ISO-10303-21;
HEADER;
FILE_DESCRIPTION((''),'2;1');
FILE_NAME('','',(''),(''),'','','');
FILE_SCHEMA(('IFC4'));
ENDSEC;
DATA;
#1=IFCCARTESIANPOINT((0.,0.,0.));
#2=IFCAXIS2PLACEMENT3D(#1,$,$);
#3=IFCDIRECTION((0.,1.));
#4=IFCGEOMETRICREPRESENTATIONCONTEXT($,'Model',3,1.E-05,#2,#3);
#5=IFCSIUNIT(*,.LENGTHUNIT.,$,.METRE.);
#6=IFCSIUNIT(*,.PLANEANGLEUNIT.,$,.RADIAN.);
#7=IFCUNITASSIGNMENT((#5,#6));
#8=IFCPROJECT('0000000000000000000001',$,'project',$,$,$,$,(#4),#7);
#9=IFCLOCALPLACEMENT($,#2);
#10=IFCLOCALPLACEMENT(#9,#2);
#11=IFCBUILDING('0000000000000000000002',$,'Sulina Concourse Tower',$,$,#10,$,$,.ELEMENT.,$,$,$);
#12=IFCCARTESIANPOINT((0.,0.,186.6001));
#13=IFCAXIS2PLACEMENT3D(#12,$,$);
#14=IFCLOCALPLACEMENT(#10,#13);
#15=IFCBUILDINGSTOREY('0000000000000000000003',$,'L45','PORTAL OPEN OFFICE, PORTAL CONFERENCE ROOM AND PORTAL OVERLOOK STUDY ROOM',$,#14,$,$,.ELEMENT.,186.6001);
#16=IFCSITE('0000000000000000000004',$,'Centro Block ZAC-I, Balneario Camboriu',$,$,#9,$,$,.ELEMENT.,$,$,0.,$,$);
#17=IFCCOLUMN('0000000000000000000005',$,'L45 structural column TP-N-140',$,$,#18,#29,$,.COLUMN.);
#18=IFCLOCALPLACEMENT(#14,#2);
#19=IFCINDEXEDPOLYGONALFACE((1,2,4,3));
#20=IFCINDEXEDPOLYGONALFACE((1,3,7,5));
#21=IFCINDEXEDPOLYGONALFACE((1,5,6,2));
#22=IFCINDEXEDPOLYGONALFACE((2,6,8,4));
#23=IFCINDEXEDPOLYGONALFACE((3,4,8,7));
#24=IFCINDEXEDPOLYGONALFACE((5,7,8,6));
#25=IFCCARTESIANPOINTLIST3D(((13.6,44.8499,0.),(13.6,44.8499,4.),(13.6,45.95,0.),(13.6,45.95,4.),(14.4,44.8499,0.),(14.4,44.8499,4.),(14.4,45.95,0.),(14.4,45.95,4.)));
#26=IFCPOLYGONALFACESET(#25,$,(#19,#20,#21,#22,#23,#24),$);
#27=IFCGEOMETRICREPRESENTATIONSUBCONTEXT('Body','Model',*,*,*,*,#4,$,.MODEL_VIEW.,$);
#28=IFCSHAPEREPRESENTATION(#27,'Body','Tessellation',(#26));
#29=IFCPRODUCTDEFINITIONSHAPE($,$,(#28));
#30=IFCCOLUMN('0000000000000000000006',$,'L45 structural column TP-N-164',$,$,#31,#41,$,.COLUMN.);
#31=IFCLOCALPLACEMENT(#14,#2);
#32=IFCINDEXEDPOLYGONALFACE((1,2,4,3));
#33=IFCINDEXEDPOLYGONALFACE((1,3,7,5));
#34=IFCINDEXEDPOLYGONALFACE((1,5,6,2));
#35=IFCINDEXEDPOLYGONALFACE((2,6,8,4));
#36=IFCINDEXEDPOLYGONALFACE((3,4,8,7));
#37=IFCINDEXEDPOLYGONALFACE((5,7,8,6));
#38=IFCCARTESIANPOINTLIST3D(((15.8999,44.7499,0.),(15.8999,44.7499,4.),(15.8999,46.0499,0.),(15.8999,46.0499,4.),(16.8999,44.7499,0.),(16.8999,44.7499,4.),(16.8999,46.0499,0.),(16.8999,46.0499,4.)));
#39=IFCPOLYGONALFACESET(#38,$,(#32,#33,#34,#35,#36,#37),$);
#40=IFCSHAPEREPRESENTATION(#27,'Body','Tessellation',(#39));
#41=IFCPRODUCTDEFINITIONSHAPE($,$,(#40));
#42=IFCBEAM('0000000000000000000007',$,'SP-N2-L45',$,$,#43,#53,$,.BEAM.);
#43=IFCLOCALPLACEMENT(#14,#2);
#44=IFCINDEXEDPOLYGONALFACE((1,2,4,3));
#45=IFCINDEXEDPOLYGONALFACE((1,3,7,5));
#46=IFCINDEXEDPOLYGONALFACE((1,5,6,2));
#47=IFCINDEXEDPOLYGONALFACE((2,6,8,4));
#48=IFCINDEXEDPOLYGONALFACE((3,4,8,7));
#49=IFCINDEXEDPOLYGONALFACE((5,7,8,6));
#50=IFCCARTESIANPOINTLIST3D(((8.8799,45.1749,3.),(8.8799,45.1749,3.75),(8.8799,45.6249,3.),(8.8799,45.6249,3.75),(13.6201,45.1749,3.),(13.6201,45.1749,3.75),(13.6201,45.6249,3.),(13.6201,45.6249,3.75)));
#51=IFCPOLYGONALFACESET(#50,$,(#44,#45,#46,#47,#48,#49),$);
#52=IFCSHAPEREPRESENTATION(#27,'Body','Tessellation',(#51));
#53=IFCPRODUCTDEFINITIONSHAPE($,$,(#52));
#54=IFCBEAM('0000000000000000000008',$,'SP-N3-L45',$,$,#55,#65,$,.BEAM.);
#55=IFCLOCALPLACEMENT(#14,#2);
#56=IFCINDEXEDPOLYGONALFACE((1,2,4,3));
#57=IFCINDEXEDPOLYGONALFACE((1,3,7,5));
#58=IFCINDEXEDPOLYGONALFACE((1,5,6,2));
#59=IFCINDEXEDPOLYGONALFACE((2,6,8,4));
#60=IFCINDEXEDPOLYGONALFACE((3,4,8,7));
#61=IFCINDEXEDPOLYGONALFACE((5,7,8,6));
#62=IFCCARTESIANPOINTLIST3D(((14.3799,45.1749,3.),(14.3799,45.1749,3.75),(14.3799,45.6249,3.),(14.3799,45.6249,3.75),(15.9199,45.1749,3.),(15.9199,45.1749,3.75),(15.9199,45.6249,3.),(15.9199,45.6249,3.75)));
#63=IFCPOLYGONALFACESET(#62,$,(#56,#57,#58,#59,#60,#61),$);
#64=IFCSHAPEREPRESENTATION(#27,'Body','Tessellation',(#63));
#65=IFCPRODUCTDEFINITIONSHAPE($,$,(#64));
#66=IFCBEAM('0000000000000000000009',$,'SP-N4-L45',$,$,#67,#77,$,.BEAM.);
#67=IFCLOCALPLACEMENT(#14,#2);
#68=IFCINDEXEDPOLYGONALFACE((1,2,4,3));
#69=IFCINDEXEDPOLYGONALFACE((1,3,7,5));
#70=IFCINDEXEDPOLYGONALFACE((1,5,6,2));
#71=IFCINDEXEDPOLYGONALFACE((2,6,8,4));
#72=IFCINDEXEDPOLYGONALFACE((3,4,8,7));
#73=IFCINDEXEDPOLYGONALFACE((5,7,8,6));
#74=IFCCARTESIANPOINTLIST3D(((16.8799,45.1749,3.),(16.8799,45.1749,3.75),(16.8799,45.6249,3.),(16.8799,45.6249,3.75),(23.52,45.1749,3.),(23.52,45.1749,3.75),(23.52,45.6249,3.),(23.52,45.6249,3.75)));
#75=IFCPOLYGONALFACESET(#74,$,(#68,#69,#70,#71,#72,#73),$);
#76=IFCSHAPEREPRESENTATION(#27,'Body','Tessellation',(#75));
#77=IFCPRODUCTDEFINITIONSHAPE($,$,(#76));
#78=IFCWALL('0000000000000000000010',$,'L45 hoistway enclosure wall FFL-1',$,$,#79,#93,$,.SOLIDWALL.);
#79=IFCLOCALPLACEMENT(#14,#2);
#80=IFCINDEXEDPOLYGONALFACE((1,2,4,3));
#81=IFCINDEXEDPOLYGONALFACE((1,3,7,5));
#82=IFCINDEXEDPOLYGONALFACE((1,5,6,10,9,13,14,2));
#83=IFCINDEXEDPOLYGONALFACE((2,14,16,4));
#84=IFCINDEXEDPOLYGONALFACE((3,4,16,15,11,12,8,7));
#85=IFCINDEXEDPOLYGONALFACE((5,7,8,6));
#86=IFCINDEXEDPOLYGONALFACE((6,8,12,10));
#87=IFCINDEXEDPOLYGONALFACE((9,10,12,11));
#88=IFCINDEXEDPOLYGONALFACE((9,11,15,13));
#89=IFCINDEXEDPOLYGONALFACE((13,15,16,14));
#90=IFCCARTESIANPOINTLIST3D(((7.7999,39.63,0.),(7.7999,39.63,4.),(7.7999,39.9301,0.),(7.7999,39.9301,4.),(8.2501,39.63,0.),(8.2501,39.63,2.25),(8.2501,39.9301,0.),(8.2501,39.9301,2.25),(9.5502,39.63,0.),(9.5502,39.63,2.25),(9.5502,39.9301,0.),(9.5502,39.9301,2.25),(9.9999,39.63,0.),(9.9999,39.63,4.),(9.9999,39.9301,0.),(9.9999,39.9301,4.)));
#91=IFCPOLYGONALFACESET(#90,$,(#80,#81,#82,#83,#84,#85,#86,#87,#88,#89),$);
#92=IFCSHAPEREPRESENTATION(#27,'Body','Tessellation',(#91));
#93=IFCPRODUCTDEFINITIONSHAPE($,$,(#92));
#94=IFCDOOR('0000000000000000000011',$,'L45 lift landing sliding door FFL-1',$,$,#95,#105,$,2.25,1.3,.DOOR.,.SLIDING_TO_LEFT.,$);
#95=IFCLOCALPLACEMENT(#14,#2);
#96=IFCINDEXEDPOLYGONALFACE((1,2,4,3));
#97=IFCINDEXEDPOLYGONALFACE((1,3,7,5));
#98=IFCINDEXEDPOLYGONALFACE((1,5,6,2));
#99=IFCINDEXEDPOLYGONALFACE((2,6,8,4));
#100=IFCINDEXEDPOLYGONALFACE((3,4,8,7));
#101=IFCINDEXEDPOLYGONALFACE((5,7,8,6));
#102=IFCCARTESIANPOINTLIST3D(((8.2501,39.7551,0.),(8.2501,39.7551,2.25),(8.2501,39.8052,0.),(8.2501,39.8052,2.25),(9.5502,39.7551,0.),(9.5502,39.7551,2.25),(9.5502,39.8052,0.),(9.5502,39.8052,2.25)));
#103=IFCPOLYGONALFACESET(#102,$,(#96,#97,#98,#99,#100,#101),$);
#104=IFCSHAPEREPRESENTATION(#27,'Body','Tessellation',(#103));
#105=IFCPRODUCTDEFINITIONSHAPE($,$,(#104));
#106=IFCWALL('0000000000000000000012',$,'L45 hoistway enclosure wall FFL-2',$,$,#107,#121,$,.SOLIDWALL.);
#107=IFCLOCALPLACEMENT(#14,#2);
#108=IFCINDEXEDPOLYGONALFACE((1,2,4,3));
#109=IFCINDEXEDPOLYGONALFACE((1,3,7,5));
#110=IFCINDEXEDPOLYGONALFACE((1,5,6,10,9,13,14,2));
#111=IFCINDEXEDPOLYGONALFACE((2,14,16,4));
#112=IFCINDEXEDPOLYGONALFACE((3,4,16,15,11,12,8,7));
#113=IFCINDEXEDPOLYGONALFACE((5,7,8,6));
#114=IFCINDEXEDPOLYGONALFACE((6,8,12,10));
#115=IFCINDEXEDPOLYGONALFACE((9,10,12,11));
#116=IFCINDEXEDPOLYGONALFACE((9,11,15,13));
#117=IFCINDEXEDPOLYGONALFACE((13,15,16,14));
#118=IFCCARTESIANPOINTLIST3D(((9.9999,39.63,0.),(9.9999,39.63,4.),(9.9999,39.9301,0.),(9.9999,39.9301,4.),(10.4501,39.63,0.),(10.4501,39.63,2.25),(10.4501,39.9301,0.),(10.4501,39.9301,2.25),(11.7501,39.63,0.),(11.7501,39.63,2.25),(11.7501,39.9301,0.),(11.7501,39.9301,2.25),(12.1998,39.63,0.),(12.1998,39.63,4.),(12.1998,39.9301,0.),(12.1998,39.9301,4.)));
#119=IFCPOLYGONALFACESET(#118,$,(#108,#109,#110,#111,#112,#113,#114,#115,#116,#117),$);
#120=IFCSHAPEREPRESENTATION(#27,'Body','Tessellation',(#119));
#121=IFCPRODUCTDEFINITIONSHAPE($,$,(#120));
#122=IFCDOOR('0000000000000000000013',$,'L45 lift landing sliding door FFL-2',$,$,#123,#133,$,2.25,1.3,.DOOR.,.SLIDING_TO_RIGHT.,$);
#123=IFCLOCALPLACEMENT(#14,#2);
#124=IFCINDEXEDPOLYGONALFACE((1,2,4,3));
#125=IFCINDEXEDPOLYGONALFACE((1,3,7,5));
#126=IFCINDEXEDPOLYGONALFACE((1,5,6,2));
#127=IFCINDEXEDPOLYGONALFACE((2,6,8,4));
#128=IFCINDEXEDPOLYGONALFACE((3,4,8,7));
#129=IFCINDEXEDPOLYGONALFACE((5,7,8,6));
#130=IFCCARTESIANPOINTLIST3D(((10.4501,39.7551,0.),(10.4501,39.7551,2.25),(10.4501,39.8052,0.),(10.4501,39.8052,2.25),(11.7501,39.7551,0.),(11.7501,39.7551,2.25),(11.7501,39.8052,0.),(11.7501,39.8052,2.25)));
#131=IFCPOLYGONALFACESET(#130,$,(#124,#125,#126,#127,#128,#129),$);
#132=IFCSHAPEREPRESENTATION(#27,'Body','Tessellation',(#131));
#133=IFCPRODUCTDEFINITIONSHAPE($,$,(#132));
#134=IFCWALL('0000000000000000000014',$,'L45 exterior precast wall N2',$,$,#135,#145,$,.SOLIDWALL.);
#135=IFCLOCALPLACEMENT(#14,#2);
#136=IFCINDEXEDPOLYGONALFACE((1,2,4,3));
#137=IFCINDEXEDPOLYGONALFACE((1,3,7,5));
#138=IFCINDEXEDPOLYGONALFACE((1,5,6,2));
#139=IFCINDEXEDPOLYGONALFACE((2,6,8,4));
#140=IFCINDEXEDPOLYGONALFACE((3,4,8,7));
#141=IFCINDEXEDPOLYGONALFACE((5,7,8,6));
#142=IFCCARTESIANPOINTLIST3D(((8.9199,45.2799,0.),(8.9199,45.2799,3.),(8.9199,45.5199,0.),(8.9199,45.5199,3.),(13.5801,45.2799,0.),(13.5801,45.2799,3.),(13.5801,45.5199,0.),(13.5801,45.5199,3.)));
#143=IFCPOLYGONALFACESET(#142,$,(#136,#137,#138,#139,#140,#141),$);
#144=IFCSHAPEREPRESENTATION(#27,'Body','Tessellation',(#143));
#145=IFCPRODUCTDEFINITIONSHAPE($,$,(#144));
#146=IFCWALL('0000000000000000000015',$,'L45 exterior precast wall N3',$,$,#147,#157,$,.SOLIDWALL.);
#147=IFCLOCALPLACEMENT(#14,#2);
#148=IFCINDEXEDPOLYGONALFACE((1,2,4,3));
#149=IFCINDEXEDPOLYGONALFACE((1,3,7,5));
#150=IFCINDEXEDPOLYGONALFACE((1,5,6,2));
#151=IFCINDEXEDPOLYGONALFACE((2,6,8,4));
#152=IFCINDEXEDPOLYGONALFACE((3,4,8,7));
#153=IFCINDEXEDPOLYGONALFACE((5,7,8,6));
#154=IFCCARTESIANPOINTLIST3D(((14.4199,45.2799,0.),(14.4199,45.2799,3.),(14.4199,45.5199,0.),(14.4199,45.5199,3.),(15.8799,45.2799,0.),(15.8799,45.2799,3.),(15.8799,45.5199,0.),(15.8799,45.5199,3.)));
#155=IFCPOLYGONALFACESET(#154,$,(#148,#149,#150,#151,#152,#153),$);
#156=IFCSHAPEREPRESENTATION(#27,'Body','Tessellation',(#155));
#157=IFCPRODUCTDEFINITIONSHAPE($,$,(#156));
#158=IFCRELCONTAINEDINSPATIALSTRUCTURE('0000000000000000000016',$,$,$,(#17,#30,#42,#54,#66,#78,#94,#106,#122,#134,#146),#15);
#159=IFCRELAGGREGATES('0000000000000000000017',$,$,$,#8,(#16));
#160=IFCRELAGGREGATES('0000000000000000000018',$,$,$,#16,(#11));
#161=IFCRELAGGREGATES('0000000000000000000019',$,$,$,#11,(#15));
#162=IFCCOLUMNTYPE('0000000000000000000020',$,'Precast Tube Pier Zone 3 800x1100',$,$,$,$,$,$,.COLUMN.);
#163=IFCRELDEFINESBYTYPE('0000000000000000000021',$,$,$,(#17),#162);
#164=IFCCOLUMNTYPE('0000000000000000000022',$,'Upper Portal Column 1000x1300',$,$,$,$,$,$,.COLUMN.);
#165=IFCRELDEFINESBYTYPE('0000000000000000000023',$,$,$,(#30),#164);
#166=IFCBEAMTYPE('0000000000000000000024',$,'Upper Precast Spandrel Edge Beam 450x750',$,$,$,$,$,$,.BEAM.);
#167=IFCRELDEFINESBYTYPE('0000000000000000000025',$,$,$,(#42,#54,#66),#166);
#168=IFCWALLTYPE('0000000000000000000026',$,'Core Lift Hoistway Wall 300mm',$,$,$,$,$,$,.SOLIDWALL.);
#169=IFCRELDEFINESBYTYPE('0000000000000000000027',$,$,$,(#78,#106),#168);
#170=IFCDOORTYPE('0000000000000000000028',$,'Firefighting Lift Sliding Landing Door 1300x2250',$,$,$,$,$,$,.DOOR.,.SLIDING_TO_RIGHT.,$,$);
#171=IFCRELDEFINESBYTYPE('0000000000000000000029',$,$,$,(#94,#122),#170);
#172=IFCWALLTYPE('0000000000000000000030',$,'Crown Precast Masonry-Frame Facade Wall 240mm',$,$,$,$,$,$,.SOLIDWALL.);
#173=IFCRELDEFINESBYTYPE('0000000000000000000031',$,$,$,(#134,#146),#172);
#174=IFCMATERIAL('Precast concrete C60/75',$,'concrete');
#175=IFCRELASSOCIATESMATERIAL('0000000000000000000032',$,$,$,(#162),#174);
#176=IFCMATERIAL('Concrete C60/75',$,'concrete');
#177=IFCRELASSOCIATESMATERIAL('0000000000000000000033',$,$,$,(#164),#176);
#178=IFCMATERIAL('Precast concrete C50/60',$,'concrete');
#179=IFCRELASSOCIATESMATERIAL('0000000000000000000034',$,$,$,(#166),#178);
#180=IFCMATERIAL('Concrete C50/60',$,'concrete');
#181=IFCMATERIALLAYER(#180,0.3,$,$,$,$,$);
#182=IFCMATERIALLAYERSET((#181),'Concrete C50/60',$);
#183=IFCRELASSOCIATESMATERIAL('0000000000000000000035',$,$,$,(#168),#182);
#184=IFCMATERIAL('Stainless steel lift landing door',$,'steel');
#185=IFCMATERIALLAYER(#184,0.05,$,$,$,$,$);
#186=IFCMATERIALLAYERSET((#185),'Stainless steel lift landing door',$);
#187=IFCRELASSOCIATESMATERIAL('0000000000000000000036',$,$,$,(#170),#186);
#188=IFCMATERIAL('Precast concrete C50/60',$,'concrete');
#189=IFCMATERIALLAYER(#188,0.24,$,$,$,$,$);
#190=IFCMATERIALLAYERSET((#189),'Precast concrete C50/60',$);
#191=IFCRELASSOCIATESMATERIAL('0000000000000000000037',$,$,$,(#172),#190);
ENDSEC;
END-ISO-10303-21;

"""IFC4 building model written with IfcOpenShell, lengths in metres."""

from ifc_helpers import new_model, si_unit, direction, frame, frame_2d, origin, origin_2d, place, context, subcontext, project, spatial, rectangle, extrude, material, layer, layer_set, material_profile, profile_set, type_object, element, fill, save


model = new_model("IFC4")

# Units and contexts
model_context = context("Model", 3, precision=1e-05, world=origin(), true_north=direction((0.0, 1.0)))
body_context = subcontext(model_context, "Body", "Model", "MODEL_VIEW")
ifc_project = project(units=[si_unit("LENGTHUNIT", "METRE"), si_unit("PLANEANGLEUNIT", "RADIAN")], contexts=[model_context])

# Site, building, storey
site_placement = place(None, origin())
site = spatial("IfcSite", under=ifc_project, at=site_placement, Name="Centro Block ZAC-I, Balneario Camboriu", CompositionType="ELEMENT", RefElevation=0.0)
building_placement = place(site_placement, origin())
building = spatial("IfcBuilding", under=site, at=building_placement, Name="Sulina Concourse Tower", CompositionType="ELEMENT")
storey_placement = place(building_placement, frame((0.0, 0.0, 186.6001)))
storey = spatial("IfcBuildingStorey", under=building, at=storey_placement, Name="L45", Description="PORTAL OPEN OFFICE, PORTAL CONFERENCE ROOM AND PORTAL OVERLOOK STUDY ROOM", CompositionType="ELEMENT", Elevation=186.6001)

# Columns
ifc_material_1 = material(Name="Precast concrete C60/75", Category="concrete")
ifc_material_profile_1 = material_profile(ifc_material_1, rectangle(XDim=0.8, YDim=1.1001, at=origin_2d()), Name="PC 800x1100")
ifc_profile_set_1 = profile_set([ifc_material_profile_1], Name="Precast concrete C60/75")
column_type_1 = type_object("IfcColumnType", Name="Precast Tube Pier Zone 3 800x1100", PredefinedType="COLUMN", material=ifc_profile_set_1)
column_1_placement = place(storey_placement, frame((14.0, 45.3999, 0.0), z_axis=(0.0, 0.0, 1.0), x_axis=(1.0, 0.0, 0.0)))
element("IfcColumn", 1, at=column_1_placement, inside=storey, type_object=column_type_1, Name="L45 structural column TP-N-140", PredefinedType="COLUMN", context=body_context, shape_type="SweptSolid", body=[
    extrude(rectangle(XDim=0.8, YDim=1.1001, at=origin_2d()), origin(), (0.0, 0.0, 1.0), 4.0),
])
ifc_material_2 = material(Name="Concrete C60/75", Category="concrete")
ifc_material_profile_2 = material_profile(ifc_material_2, rectangle(XDim=1.0, YDim=1.3, at=origin_2d()), Name="RC 1000x1300")
ifc_profile_set_2 = profile_set([ifc_material_profile_2], Name="Concrete C60/75")
column_type_2 = type_object("IfcColumnType", Name="Upper Portal Column 1000x1300", PredefinedType="COLUMN", material=ifc_profile_set_2)
column_2_placement = place(storey_placement, frame((16.3999, 45.3999, 0.0), z_axis=(0.0, 0.0, 1.0), x_axis=(1.0, 0.0, 0.0)))
element("IfcColumn", 2, at=column_2_placement, inside=storey, type_object=column_type_2, Name="L45 structural column TP-N-164", PredefinedType="COLUMN", context=body_context, shape_type="SweptSolid", body=[
    extrude(rectangle(XDim=1.0, YDim=1.3, at=origin_2d()), origin(), (0.0, 0.0, 1.0), 4.0),
])

# Beams
ifc_material_3 = material(Name="Precast concrete C50/60", Category="concrete")
ifc_material_profile_3 = material_profile(ifc_material_3, rectangle(XDim=0.45, YDim=0.75, at=origin_2d()), Name="RC 450x750")
ifc_profile_set_3 = profile_set([ifc_material_profile_3], Name="Precast concrete C50/60")
beam_type = type_object("IfcBeamType", Name="Upper Precast Spandrel Edge Beam 450x750", PredefinedType="BEAM", material=ifc_profile_set_3)
beam_1_placement = place(storey_placement, frame((8.8799, 45.3999, 3.375), z_axis=(1.0, 0.0, 0.0), x_axis=(0.0, 1.0, 0.0)))
element("IfcBeam", 3, at=beam_1_placement, inside=storey, type_object=beam_type, Name="SP-N2-L45", PredefinedType="BEAM", context=body_context, shape_type="SweptSolid", body=[
    extrude(rectangle(XDim=0.45, YDim=0.75, at=origin_2d()), origin(), (0.0, 0.0, 1.0), 4.7402),
])
beam_2_placement = place(storey_placement, frame((14.3799, 45.3999, 3.375), z_axis=(1.0, 0.0, 0.0), x_axis=(0.0, 1.0, 0.0)))
element("IfcBeam", 4, at=beam_2_placement, inside=storey, type_object=beam_type, Name="SP-N3-L45", PredefinedType="BEAM", context=body_context, shape_type="SweptSolid", body=[
    extrude(rectangle(XDim=0.45, YDim=0.75, at=origin_2d()), origin(), (0.0, 0.0, 1.0), 1.54),
])
beam_3_placement = place(storey_placement, frame((16.8799, 45.3999, 3.375), z_axis=(1.0, 0.0, 0.0), x_axis=(0.0, 1.0, 0.0)))
element("IfcBeam", 5, at=beam_3_placement, inside=storey, type_object=beam_type, Name="SP-N4-L45", PredefinedType="BEAM", context=body_context, shape_type="SweptSolid", body=[
    extrude(rectangle(XDim=0.45, YDim=0.75, at=origin_2d()), origin(), (0.0, 0.0, 1.0), 6.6401),
])

# Walls, openings, doors
ifc_material_4 = material(Name="Concrete C50/60", Category="concrete")
ifc_layer_1 = layer(ifc_material_4, 0.3)
ifc_layer_set_1 = layer_set([ifc_layer_1], Name="Concrete C50/60")
wall_type_1 = type_object("IfcWallType", Name="Core Lift Hoistway Wall 300mm", PredefinedType="SOLIDWALL", material=ifc_layer_set_1)
wall_1_placement = place(storey_placement, frame((10.0, 39.78, 0.0), z_axis=(0.0, 0.0, 1.0), x_axis=(-1.0, 0.0, 0.0)))
wall_1 = element("IfcWall", 6, at=wall_1_placement, inside=storey, type_object=wall_type_1, Name="L45 hoistway enclosure wall FFL-1", PredefinedType="SOLIDWALL", context=body_context, shape_type="SweptSolid", body=[
    extrude(rectangle(XDim=2.2, YDim=0.3, at=frame_2d((1.1001, 0.0))), origin(), (0.0, 0.0, 1.0), 4.0),
])
opening_1_placement = place(wall_1_placement, frame((0.45, 0.0, 0.0)))
opening_1 = element("IfcOpeningElement", 7, at=opening_1_placement, cuts=wall_1, PredefinedType="OPENING", context=body_context, shape_type="SweptSolid", body=[
    extrude(rectangle(XDim=1.3, YDim=2.25, at=frame_2d((0.6499, 1.125))), frame((0.0, 0.1599, 0.0), z_axis=(0.0, -1.0, 0.0), x_axis=(1.0, 0.0, 0.0)), (0.0, 0.0, 1.0), 0.3201),
])
ifc_material_5 = material(Name="Stainless steel lift landing door", Category="steel")
ifc_layer_2 = layer(ifc_material_5, 0.05)
ifc_layer_set_2 = layer_set([ifc_layer_2], Name="Stainless steel lift landing door")
door_type = type_object("IfcDoorType", Name="Firefighting Lift Sliding Landing Door 1300x2250", OperationType="SLIDING_TO_RIGHT", PredefinedType="DOOR", material=ifc_layer_set_2)
door_1_placement = place(opening_1_placement, origin())
door_1 = element("IfcDoor", 8, at=door_1_placement, inside=storey, type_object=door_type, Name="L45 lift landing sliding door FFL-1", OperationType="SLIDING_TO_LEFT", OverallHeight=2.25, OverallWidth=1.3, PredefinedType="DOOR", context=body_context, shape_type="SweptSolid", body=[
    extrude(rectangle(XDim=1.3, YDim=2.25, at=frame_2d((0.6499, 1.125))), frame((0.0, 0.0249, 0.0), z_axis=(0.0, -1.0, 0.0), x_axis=(1.0, 0.0, 0.0)), (0.0, 0.0, 1.0), 0.05),
])
fill(opening_1, door_1)
wall_2_placement = place(storey_placement, frame((12.2, 39.78, 0.0), z_axis=(0.0, 0.0, 1.0), x_axis=(-1.0, 0.0, 0.0)))
wall_2 = element("IfcWall", 9, at=wall_2_placement, inside=storey, type_object=wall_type_1, Name="L45 hoistway enclosure wall FFL-2", PredefinedType="SOLIDWALL", context=body_context, shape_type="SweptSolid", body=[
    extrude(rectangle(XDim=2.2, YDim=0.3, at=frame_2d((1.1001, 0.0))), origin(), (0.0, 0.0, 1.0), 4.0),
])
opening_2_placement = place(wall_2_placement, frame((0.45, 0.0, 0.0)))
opening_2 = element("IfcOpeningElement", 10, at=opening_2_placement, cuts=wall_2, PredefinedType="OPENING", context=body_context, shape_type="SweptSolid", body=[
    extrude(rectangle(XDim=1.3, YDim=2.25, at=frame_2d((0.6499, 1.125))), frame((0.0, 0.1599, 0.0), z_axis=(0.0, -1.0, 0.0), x_axis=(1.0, 0.0, 0.0)), (0.0, 0.0, 1.0), 0.3201),
])
door_2_placement = place(opening_2_placement, origin())
door_2 = element("IfcDoor", 11, at=door_2_placement, inside=storey, type_object=door_type, Name="L45 lift landing sliding door FFL-2", OperationType="SLIDING_TO_RIGHT", OverallHeight=2.25, OverallWidth=1.3, PredefinedType="DOOR", context=body_context, shape_type="SweptSolid", body=[
    extrude(rectangle(XDim=1.3, YDim=2.25, at=frame_2d((0.6499, 1.125))), frame((0.0, 0.0249, 0.0), z_axis=(0.0, -1.0, 0.0), x_axis=(1.0, 0.0, 0.0)), (0.0, 0.0, 1.0), 0.05),
])
fill(opening_2, door_2)

# Walls
ifc_material_6 = material(Name="Precast concrete C50/60", Category="concrete")
ifc_layer_3 = layer(ifc_material_6, 0.24)
ifc_layer_set_3 = layer_set([ifc_layer_3], Name="Precast concrete C50/60")
wall_type_2 = type_object("IfcWallType", Name="Crown Precast Masonry-Frame Facade Wall 240mm", PredefinedType="SOLIDWALL", material=ifc_layer_set_3)
wall_3_placement = place(storey_placement, frame((8.9199, 45.3999, 0.0), z_axis=(0.0, 0.0, 1.0), x_axis=(1.0, 0.0, 0.0)))
element("IfcWall", 12, at=wall_3_placement, inside=storey, type_object=wall_type_2, Name="L45 exterior precast wall N2", PredefinedType="SOLIDWALL", context=body_context, shape_type="SweptSolid", body=[
    extrude(rectangle(XDim=4.6602, YDim=0.24, at=frame_2d((2.3301, 0.0))), origin(), (0.0, 0.0, 1.0), 3.0),
])
wall_4_placement = place(storey_placement, frame((14.4199, 45.3999, 0.0), z_axis=(0.0, 0.0, 1.0), x_axis=(1.0, 0.0, 0.0)))
element("IfcWall", 13, at=wall_4_placement, inside=storey, type_object=wall_type_2, Name="L45 exterior precast wall N3", PredefinedType="SOLIDWALL", context=body_context, shape_type="SweptSolid", body=[
    extrude(rectangle(XDim=1.46, YDim=0.24, at=frame_2d((0.73, 0.0))), origin(), (0.0, 0.0, 1.0), 3.0),
])

save(model, "model.ifc")
